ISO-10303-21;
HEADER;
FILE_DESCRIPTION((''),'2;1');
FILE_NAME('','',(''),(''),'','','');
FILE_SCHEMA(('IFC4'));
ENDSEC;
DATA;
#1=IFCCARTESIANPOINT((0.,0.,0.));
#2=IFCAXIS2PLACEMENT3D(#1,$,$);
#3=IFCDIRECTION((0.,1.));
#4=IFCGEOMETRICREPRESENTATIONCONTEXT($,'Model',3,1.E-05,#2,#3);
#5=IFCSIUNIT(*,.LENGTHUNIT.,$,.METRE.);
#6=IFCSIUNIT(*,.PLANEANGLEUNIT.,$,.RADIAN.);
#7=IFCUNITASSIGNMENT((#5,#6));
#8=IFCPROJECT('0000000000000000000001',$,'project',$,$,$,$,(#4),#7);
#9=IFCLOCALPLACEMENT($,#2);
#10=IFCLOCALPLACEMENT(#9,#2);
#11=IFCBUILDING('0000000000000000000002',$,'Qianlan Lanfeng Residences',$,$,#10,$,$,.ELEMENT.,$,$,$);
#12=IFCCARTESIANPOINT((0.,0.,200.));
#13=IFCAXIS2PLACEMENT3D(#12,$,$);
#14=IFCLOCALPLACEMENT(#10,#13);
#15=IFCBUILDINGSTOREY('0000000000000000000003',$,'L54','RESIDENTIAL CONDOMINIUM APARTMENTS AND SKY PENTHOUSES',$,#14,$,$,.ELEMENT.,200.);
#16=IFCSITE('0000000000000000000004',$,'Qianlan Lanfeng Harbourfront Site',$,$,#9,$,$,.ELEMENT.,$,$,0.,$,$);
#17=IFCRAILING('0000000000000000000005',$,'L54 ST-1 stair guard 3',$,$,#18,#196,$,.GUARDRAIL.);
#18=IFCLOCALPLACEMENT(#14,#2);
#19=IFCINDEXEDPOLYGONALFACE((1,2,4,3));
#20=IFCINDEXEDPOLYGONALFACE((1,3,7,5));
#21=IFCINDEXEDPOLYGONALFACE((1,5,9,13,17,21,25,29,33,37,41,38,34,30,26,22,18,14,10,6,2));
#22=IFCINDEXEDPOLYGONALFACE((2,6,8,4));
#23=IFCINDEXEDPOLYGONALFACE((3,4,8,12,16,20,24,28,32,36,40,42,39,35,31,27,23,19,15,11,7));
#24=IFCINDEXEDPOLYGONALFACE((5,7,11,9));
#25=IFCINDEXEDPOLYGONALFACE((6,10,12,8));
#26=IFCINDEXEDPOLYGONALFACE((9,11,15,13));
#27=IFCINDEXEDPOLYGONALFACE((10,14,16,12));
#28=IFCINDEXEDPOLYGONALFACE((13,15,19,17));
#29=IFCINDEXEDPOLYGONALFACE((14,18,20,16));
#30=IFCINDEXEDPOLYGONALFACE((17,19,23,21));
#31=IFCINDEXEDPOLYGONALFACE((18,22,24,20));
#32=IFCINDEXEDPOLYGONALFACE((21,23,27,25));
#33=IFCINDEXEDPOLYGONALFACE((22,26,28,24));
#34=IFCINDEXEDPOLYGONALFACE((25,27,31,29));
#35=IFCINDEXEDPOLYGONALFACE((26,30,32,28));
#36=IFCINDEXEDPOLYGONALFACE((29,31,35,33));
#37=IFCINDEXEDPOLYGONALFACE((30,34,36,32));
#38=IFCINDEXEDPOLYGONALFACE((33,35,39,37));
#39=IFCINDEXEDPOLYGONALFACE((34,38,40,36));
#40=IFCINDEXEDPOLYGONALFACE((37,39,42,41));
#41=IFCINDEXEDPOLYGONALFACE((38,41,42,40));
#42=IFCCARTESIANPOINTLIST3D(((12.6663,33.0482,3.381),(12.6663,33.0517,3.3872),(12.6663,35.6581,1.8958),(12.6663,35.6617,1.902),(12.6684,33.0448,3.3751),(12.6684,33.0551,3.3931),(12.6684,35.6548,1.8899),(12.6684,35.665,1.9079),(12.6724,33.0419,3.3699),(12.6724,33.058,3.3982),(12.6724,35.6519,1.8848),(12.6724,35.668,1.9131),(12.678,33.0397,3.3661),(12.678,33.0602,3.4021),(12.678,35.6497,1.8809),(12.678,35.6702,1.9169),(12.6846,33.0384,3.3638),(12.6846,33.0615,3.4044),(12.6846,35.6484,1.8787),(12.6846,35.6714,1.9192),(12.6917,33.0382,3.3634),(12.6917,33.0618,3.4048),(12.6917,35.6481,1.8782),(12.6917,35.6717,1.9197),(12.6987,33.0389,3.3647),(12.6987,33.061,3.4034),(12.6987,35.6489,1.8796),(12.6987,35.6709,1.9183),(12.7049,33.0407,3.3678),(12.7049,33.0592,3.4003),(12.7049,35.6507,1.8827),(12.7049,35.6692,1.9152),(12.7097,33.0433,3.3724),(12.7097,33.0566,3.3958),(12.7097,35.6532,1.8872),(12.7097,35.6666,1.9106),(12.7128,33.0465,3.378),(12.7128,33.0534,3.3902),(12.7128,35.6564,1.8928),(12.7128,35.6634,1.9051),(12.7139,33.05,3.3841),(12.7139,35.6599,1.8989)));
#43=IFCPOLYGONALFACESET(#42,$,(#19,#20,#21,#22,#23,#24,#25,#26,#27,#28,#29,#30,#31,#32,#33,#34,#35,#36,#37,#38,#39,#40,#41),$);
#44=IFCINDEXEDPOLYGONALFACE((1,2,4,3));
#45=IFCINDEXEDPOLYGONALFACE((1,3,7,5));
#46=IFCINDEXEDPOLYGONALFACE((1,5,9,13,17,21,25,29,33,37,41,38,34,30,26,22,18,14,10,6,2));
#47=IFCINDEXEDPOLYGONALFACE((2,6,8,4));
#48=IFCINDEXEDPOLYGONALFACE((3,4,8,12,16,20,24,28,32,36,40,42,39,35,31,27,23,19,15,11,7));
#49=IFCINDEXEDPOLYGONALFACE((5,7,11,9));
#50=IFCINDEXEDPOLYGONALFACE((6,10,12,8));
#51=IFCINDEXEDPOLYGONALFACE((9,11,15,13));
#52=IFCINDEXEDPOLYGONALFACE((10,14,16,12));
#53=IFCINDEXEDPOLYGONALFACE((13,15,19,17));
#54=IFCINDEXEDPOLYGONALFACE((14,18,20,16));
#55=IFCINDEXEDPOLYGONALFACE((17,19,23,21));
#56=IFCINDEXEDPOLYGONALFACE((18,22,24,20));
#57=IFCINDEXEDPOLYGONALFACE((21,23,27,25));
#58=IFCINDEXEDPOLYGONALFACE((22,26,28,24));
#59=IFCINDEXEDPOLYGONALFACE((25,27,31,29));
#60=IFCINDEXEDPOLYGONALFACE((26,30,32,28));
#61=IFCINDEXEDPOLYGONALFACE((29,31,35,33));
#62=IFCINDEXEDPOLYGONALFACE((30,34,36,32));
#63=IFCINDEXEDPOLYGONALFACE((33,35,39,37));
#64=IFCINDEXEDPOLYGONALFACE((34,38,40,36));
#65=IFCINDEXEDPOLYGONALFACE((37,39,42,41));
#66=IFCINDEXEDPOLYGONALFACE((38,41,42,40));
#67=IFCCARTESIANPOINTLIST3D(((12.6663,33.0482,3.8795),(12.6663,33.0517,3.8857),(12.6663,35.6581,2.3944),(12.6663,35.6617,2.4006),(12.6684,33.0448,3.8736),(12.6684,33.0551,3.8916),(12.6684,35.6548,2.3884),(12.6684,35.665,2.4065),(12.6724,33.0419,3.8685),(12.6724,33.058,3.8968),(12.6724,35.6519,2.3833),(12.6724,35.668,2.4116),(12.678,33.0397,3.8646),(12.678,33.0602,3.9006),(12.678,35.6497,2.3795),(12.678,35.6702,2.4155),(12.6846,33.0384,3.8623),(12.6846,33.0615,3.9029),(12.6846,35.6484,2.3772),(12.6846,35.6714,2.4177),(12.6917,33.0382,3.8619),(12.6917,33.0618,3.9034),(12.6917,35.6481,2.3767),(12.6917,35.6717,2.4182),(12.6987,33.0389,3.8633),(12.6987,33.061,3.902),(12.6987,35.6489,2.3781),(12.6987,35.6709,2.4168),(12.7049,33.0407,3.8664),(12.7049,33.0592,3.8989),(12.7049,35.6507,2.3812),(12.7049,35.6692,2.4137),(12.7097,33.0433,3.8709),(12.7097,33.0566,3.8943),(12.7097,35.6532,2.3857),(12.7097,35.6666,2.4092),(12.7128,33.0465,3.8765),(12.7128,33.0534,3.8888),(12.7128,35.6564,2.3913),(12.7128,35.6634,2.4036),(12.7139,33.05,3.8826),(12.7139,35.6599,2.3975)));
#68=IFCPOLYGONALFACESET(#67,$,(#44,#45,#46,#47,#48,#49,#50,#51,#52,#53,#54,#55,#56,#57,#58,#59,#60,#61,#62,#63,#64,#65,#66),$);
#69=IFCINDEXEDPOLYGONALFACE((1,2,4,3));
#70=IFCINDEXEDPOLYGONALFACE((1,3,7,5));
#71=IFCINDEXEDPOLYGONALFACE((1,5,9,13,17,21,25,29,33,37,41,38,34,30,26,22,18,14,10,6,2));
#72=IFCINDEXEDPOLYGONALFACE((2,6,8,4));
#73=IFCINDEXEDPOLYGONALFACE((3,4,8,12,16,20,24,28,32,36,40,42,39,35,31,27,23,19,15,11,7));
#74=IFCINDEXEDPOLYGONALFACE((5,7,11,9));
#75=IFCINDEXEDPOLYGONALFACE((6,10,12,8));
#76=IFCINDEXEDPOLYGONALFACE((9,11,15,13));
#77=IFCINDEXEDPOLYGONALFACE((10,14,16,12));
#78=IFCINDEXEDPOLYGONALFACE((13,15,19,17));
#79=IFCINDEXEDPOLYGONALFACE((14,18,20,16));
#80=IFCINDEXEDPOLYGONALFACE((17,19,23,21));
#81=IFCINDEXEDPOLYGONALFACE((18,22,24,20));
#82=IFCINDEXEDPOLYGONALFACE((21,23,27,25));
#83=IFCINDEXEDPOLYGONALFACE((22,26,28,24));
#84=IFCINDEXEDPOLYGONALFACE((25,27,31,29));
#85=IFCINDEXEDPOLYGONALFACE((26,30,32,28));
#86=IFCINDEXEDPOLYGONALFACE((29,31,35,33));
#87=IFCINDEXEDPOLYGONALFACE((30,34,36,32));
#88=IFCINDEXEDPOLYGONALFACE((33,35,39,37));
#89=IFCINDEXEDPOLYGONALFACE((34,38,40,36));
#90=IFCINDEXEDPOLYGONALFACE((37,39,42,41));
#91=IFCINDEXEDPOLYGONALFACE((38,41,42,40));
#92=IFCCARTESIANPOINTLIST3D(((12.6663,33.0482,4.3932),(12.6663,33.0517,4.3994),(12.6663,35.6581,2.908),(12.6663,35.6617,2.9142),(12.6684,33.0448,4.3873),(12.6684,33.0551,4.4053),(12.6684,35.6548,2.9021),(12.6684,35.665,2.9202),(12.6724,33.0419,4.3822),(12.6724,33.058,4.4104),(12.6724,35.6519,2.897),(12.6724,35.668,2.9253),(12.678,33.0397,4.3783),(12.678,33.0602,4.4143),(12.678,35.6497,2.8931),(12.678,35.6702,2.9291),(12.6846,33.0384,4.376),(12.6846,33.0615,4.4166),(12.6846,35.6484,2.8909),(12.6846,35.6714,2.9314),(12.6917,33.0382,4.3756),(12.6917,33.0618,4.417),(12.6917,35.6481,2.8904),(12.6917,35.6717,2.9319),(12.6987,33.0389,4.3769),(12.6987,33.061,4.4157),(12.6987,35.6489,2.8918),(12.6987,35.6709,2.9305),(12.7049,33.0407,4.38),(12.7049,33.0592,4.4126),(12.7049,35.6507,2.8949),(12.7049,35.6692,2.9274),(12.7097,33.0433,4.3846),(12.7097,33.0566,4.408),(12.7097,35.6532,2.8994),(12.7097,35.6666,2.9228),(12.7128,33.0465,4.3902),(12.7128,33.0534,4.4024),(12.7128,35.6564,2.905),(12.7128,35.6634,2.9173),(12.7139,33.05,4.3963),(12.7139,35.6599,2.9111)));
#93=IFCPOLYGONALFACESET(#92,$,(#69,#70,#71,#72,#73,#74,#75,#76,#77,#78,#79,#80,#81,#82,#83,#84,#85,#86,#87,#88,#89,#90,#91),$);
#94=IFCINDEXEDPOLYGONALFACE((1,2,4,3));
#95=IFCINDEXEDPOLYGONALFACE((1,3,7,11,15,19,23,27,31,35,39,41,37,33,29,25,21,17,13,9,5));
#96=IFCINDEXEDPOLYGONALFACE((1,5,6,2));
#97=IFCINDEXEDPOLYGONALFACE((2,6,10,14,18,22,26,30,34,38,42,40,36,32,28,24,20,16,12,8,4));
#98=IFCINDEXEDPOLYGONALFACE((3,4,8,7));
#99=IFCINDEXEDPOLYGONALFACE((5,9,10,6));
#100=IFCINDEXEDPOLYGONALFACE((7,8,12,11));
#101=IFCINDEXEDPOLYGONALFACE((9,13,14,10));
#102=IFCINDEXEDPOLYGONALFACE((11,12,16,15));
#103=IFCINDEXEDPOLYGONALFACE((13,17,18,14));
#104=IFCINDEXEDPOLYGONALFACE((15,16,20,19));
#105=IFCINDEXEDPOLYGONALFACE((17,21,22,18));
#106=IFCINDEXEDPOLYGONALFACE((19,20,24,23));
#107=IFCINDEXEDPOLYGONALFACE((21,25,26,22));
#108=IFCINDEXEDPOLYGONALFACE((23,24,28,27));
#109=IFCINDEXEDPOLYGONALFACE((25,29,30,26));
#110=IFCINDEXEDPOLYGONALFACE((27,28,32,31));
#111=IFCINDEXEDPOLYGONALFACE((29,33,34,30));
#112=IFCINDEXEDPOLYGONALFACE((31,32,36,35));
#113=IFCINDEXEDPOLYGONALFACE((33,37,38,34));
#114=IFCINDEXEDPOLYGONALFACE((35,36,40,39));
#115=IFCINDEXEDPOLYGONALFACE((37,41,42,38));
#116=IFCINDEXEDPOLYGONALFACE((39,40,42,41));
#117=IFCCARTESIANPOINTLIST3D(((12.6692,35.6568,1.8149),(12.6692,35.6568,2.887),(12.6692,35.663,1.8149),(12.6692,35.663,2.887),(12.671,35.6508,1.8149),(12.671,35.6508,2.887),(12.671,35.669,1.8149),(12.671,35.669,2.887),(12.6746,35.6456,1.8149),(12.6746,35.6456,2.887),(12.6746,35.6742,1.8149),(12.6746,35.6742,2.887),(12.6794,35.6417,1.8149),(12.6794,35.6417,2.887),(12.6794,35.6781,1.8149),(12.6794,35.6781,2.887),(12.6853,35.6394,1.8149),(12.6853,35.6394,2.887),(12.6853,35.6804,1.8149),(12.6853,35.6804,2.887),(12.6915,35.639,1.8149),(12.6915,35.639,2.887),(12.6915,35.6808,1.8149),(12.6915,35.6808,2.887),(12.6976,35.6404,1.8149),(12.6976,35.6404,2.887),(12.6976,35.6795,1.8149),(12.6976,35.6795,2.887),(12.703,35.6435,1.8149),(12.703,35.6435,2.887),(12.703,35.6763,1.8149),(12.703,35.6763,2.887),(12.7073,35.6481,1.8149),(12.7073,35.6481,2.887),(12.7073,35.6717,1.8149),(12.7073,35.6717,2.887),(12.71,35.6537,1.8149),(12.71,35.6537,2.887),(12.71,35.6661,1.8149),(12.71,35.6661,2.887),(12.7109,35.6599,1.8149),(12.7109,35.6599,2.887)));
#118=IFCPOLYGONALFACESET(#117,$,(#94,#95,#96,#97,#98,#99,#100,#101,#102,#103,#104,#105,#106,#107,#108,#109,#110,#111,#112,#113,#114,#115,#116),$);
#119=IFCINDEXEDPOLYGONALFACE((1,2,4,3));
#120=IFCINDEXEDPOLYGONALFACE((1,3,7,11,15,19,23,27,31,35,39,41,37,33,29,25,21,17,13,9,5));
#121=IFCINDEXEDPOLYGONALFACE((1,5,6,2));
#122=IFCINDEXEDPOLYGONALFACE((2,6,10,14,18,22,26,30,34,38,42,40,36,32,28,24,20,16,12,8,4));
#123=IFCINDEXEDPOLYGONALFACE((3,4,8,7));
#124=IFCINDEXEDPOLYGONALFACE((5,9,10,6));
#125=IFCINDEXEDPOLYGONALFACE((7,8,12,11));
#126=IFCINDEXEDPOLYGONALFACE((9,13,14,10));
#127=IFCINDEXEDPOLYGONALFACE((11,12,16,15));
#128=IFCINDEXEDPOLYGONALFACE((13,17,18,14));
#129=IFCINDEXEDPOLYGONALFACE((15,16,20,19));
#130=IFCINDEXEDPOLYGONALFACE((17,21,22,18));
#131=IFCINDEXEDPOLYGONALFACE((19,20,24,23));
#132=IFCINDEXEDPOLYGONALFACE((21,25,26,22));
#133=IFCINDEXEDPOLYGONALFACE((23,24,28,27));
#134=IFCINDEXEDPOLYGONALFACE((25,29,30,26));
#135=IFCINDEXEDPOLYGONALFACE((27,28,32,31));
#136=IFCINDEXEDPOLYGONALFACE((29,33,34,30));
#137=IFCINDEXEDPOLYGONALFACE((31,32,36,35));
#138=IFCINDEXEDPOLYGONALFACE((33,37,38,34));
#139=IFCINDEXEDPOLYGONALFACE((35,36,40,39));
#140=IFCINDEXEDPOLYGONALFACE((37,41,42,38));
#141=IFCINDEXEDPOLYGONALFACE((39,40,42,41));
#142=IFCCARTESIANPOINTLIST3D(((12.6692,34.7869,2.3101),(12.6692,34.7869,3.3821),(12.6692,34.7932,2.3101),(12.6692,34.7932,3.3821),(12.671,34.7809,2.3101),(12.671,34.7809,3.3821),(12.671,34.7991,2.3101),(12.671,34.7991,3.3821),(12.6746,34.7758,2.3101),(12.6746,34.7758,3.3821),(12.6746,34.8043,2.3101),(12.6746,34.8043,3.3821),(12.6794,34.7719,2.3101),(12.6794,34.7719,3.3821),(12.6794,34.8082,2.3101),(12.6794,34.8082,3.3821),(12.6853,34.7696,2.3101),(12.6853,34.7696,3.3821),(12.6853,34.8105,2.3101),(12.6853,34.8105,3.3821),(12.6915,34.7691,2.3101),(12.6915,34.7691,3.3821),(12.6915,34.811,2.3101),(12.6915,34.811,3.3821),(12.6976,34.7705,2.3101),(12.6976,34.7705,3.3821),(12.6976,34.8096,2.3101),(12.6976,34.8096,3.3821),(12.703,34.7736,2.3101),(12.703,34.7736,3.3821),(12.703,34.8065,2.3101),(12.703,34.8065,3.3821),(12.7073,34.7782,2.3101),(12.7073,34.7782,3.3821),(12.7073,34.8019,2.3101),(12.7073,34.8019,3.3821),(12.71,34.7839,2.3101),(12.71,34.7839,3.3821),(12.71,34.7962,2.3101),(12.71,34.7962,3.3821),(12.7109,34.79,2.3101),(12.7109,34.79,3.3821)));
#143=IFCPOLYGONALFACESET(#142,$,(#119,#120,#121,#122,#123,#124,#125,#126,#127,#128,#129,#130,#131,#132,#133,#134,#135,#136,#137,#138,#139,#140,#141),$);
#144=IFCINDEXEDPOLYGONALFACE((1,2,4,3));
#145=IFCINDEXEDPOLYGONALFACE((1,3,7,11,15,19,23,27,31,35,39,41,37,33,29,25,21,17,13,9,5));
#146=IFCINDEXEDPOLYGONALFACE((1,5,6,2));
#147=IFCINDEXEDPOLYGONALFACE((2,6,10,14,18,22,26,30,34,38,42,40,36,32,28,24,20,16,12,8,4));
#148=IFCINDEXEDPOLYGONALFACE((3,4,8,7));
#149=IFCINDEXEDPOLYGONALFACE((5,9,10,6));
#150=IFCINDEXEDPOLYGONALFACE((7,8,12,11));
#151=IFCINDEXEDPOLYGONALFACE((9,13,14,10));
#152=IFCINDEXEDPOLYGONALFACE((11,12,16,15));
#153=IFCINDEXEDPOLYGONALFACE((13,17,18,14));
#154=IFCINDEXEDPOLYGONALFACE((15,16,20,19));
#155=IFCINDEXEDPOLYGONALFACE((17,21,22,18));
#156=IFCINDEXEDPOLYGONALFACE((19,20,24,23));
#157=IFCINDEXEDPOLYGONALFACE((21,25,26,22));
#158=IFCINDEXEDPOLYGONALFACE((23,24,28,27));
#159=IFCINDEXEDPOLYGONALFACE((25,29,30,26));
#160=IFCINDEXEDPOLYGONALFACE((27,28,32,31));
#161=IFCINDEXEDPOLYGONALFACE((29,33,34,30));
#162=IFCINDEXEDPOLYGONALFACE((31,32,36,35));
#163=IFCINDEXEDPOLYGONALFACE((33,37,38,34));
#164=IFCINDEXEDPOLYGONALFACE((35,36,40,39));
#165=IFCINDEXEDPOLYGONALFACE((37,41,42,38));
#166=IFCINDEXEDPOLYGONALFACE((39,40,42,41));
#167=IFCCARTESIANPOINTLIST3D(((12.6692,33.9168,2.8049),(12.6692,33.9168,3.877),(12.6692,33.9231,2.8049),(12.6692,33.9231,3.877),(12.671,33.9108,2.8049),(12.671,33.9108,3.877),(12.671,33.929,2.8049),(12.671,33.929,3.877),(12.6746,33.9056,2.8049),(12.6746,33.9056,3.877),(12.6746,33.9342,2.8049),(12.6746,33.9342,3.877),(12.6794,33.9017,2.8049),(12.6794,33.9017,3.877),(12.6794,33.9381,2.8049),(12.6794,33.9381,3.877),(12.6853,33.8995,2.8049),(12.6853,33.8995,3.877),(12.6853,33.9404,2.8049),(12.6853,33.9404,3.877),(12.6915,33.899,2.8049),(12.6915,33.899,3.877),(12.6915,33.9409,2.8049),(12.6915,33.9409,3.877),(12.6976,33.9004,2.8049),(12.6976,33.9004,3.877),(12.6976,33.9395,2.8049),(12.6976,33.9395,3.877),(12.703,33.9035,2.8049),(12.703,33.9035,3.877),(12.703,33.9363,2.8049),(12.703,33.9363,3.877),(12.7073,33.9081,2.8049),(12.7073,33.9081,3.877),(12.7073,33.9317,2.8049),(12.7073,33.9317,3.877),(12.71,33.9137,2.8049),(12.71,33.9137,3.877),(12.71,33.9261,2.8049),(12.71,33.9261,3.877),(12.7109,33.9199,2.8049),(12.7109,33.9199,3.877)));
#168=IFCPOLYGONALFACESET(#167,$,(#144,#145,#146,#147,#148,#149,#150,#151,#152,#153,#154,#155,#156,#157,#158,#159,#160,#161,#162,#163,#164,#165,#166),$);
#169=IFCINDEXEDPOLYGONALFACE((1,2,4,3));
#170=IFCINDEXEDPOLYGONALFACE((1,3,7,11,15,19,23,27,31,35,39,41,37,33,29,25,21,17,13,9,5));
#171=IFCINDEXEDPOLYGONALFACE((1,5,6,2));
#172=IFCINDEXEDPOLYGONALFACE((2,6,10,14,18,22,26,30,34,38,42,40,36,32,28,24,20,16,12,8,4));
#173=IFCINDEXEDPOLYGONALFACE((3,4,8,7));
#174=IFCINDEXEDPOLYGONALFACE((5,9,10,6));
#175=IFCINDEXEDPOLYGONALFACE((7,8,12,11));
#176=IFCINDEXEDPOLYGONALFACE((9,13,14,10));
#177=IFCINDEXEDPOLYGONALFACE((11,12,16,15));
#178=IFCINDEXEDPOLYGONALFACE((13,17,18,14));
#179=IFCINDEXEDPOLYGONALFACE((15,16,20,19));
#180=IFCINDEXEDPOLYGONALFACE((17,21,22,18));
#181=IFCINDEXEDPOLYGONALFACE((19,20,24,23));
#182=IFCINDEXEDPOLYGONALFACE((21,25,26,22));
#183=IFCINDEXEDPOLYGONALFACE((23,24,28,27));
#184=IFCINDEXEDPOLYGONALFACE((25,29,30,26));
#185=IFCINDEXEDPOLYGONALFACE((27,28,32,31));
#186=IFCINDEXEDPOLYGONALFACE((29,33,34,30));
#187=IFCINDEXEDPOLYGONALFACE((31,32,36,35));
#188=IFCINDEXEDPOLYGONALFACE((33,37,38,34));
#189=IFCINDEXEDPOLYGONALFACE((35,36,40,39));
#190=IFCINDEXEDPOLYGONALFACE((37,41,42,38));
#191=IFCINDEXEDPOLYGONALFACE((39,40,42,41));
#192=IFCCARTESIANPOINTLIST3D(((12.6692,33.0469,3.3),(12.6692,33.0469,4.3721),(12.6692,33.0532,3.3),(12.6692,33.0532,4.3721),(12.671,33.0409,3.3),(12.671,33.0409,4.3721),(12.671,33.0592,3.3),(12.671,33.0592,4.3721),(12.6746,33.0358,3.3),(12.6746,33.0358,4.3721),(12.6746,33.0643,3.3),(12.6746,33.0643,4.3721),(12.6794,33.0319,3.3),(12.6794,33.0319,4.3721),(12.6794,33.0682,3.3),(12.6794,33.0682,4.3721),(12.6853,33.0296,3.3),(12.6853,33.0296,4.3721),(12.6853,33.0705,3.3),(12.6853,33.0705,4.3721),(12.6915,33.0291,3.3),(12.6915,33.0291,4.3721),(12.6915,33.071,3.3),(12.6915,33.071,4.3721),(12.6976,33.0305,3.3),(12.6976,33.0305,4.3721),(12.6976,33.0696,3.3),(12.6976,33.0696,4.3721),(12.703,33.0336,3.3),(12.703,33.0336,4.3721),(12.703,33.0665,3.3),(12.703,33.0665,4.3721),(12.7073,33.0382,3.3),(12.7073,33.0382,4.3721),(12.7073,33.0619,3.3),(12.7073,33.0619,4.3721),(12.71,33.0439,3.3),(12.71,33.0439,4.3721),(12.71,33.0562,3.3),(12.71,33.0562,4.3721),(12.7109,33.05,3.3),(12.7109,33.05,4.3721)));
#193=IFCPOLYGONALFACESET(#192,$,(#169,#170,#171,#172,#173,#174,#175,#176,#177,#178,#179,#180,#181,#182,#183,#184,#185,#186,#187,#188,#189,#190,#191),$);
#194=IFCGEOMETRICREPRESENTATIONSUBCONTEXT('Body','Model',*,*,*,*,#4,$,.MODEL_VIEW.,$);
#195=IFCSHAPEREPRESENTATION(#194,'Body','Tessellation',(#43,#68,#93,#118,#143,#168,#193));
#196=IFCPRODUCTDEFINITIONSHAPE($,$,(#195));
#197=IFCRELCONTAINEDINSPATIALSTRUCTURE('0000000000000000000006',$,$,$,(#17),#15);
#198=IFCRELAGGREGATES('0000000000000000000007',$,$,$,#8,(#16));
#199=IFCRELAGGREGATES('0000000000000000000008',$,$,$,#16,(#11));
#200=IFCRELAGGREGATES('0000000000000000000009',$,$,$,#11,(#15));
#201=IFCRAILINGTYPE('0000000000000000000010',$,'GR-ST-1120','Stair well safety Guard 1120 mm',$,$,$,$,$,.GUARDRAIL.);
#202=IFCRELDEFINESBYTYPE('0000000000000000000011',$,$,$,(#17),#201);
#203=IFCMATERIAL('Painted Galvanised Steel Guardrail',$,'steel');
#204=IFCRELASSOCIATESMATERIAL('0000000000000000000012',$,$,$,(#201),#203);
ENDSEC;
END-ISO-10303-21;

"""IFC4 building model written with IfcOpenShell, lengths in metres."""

from ifc_helpers import new_model, si_unit, direction, frame, origin, origin_2d, place, context, subcontext, project, spatial, circle, extrude, material, type_object, element, save


model = new_model("IFC4")

# Units and contexts
model_context = context("Model", 3, precision=1e-05, world=origin(), true_north=direction((0.0, 1.0)))
body_context = subcontext(model_context, "Body", "Model", "MODEL_VIEW")
ifc_project = project(units=[si_unit("LENGTHUNIT", "METRE"), si_unit("PLANEANGLEUNIT", "RADIAN")], contexts=[model_context])

# Site, building, storey
site_placement = place(None, origin())
site = spatial("IfcSite", under=ifc_project, at=site_placement, Name="Qianlan Lanfeng Harbourfront Site", CompositionType="ELEMENT", RefElevation=0.0)
building_placement = place(site_placement, origin())
building = spatial("IfcBuilding", under=site, at=building_placement, Name="Qianlan Lanfeng Residences", CompositionType="ELEMENT")
storey_placement = place(building_placement, frame((0.0, 0.0, 200.0)))
storey = spatial("IfcBuildingStorey", under=building, at=storey_placement, Name="L54", Description="RESIDENTIAL CONDOMINIUM APARTMENTS AND SKY PENTHOUSES", CompositionType="ELEMENT", Elevation=200.0)

# Railing
ifc_material_1 = material(Name="Painted Galvanised Steel Guardrail", Category="steel")
railing_type_1 = type_object("IfcRailingType", Name="GR-ST-1120", Description="Stair well safety Guard 1120 mm", PredefinedType="GUARDRAIL", material=ifc_material_1)
railing_1_placement = place(storey_placement, frame((12.6899, 35.6599, 1.8149)))
element("IfcRailing", 1, at=railing_1_placement, inside=storey, type_object=railing_type_1, Name="L54 ST-1 stair guard 3", PredefinedType="GUARDRAIL", context=body_context, shape_type="SweptSolid", body=[
    extrude(circle(Radius=0.0239, at=origin_2d()), frame((0.0, 0.0, 0.084), z_axis=(0.0, -0.869137, 0.494571), x_axis=(1.0, 0.0, 0.0)), (0.0, 0.0, 1.0), 3.0029),
    extrude(circle(Radius=0.0239, at=origin_2d()), frame((0.0, 0.0, 0.5825), z_axis=(0.0, -0.869137, 0.494571), x_axis=(1.0, 0.0, 0.0)), (0.0, 0.0, 1.0), 3.0029),
    extrude(circle(Radius=0.0239, at=origin_2d()), frame((0.0, 0.0, 1.0962), z_axis=(0.0, -0.869137, 0.494571), x_axis=(1.0, 0.0, 0.0)), (0.0, 0.0, 1.0), 3.0029),
    extrude(circle(Radius=0.021, at=origin_2d()), origin(), (0.0, 0.0, 1.0), 1.072),
    extrude(circle(Radius=0.021, at=origin_2d()), frame((0.0, -0.8699, 0.4951)), (0.0, 0.0, 1.0), 1.072),
    extrude(circle(Radius=0.021, at=origin_2d()), frame((0.0, -1.74, 0.99)), (0.0, 0.0, 1.0), 1.072),
    extrude(circle(Radius=0.021, at=origin_2d()), frame((0.0, -2.6099, 1.4851)), (0.0, 0.0, 1.0), 1.072),
])

save(model, "model.ifc")
